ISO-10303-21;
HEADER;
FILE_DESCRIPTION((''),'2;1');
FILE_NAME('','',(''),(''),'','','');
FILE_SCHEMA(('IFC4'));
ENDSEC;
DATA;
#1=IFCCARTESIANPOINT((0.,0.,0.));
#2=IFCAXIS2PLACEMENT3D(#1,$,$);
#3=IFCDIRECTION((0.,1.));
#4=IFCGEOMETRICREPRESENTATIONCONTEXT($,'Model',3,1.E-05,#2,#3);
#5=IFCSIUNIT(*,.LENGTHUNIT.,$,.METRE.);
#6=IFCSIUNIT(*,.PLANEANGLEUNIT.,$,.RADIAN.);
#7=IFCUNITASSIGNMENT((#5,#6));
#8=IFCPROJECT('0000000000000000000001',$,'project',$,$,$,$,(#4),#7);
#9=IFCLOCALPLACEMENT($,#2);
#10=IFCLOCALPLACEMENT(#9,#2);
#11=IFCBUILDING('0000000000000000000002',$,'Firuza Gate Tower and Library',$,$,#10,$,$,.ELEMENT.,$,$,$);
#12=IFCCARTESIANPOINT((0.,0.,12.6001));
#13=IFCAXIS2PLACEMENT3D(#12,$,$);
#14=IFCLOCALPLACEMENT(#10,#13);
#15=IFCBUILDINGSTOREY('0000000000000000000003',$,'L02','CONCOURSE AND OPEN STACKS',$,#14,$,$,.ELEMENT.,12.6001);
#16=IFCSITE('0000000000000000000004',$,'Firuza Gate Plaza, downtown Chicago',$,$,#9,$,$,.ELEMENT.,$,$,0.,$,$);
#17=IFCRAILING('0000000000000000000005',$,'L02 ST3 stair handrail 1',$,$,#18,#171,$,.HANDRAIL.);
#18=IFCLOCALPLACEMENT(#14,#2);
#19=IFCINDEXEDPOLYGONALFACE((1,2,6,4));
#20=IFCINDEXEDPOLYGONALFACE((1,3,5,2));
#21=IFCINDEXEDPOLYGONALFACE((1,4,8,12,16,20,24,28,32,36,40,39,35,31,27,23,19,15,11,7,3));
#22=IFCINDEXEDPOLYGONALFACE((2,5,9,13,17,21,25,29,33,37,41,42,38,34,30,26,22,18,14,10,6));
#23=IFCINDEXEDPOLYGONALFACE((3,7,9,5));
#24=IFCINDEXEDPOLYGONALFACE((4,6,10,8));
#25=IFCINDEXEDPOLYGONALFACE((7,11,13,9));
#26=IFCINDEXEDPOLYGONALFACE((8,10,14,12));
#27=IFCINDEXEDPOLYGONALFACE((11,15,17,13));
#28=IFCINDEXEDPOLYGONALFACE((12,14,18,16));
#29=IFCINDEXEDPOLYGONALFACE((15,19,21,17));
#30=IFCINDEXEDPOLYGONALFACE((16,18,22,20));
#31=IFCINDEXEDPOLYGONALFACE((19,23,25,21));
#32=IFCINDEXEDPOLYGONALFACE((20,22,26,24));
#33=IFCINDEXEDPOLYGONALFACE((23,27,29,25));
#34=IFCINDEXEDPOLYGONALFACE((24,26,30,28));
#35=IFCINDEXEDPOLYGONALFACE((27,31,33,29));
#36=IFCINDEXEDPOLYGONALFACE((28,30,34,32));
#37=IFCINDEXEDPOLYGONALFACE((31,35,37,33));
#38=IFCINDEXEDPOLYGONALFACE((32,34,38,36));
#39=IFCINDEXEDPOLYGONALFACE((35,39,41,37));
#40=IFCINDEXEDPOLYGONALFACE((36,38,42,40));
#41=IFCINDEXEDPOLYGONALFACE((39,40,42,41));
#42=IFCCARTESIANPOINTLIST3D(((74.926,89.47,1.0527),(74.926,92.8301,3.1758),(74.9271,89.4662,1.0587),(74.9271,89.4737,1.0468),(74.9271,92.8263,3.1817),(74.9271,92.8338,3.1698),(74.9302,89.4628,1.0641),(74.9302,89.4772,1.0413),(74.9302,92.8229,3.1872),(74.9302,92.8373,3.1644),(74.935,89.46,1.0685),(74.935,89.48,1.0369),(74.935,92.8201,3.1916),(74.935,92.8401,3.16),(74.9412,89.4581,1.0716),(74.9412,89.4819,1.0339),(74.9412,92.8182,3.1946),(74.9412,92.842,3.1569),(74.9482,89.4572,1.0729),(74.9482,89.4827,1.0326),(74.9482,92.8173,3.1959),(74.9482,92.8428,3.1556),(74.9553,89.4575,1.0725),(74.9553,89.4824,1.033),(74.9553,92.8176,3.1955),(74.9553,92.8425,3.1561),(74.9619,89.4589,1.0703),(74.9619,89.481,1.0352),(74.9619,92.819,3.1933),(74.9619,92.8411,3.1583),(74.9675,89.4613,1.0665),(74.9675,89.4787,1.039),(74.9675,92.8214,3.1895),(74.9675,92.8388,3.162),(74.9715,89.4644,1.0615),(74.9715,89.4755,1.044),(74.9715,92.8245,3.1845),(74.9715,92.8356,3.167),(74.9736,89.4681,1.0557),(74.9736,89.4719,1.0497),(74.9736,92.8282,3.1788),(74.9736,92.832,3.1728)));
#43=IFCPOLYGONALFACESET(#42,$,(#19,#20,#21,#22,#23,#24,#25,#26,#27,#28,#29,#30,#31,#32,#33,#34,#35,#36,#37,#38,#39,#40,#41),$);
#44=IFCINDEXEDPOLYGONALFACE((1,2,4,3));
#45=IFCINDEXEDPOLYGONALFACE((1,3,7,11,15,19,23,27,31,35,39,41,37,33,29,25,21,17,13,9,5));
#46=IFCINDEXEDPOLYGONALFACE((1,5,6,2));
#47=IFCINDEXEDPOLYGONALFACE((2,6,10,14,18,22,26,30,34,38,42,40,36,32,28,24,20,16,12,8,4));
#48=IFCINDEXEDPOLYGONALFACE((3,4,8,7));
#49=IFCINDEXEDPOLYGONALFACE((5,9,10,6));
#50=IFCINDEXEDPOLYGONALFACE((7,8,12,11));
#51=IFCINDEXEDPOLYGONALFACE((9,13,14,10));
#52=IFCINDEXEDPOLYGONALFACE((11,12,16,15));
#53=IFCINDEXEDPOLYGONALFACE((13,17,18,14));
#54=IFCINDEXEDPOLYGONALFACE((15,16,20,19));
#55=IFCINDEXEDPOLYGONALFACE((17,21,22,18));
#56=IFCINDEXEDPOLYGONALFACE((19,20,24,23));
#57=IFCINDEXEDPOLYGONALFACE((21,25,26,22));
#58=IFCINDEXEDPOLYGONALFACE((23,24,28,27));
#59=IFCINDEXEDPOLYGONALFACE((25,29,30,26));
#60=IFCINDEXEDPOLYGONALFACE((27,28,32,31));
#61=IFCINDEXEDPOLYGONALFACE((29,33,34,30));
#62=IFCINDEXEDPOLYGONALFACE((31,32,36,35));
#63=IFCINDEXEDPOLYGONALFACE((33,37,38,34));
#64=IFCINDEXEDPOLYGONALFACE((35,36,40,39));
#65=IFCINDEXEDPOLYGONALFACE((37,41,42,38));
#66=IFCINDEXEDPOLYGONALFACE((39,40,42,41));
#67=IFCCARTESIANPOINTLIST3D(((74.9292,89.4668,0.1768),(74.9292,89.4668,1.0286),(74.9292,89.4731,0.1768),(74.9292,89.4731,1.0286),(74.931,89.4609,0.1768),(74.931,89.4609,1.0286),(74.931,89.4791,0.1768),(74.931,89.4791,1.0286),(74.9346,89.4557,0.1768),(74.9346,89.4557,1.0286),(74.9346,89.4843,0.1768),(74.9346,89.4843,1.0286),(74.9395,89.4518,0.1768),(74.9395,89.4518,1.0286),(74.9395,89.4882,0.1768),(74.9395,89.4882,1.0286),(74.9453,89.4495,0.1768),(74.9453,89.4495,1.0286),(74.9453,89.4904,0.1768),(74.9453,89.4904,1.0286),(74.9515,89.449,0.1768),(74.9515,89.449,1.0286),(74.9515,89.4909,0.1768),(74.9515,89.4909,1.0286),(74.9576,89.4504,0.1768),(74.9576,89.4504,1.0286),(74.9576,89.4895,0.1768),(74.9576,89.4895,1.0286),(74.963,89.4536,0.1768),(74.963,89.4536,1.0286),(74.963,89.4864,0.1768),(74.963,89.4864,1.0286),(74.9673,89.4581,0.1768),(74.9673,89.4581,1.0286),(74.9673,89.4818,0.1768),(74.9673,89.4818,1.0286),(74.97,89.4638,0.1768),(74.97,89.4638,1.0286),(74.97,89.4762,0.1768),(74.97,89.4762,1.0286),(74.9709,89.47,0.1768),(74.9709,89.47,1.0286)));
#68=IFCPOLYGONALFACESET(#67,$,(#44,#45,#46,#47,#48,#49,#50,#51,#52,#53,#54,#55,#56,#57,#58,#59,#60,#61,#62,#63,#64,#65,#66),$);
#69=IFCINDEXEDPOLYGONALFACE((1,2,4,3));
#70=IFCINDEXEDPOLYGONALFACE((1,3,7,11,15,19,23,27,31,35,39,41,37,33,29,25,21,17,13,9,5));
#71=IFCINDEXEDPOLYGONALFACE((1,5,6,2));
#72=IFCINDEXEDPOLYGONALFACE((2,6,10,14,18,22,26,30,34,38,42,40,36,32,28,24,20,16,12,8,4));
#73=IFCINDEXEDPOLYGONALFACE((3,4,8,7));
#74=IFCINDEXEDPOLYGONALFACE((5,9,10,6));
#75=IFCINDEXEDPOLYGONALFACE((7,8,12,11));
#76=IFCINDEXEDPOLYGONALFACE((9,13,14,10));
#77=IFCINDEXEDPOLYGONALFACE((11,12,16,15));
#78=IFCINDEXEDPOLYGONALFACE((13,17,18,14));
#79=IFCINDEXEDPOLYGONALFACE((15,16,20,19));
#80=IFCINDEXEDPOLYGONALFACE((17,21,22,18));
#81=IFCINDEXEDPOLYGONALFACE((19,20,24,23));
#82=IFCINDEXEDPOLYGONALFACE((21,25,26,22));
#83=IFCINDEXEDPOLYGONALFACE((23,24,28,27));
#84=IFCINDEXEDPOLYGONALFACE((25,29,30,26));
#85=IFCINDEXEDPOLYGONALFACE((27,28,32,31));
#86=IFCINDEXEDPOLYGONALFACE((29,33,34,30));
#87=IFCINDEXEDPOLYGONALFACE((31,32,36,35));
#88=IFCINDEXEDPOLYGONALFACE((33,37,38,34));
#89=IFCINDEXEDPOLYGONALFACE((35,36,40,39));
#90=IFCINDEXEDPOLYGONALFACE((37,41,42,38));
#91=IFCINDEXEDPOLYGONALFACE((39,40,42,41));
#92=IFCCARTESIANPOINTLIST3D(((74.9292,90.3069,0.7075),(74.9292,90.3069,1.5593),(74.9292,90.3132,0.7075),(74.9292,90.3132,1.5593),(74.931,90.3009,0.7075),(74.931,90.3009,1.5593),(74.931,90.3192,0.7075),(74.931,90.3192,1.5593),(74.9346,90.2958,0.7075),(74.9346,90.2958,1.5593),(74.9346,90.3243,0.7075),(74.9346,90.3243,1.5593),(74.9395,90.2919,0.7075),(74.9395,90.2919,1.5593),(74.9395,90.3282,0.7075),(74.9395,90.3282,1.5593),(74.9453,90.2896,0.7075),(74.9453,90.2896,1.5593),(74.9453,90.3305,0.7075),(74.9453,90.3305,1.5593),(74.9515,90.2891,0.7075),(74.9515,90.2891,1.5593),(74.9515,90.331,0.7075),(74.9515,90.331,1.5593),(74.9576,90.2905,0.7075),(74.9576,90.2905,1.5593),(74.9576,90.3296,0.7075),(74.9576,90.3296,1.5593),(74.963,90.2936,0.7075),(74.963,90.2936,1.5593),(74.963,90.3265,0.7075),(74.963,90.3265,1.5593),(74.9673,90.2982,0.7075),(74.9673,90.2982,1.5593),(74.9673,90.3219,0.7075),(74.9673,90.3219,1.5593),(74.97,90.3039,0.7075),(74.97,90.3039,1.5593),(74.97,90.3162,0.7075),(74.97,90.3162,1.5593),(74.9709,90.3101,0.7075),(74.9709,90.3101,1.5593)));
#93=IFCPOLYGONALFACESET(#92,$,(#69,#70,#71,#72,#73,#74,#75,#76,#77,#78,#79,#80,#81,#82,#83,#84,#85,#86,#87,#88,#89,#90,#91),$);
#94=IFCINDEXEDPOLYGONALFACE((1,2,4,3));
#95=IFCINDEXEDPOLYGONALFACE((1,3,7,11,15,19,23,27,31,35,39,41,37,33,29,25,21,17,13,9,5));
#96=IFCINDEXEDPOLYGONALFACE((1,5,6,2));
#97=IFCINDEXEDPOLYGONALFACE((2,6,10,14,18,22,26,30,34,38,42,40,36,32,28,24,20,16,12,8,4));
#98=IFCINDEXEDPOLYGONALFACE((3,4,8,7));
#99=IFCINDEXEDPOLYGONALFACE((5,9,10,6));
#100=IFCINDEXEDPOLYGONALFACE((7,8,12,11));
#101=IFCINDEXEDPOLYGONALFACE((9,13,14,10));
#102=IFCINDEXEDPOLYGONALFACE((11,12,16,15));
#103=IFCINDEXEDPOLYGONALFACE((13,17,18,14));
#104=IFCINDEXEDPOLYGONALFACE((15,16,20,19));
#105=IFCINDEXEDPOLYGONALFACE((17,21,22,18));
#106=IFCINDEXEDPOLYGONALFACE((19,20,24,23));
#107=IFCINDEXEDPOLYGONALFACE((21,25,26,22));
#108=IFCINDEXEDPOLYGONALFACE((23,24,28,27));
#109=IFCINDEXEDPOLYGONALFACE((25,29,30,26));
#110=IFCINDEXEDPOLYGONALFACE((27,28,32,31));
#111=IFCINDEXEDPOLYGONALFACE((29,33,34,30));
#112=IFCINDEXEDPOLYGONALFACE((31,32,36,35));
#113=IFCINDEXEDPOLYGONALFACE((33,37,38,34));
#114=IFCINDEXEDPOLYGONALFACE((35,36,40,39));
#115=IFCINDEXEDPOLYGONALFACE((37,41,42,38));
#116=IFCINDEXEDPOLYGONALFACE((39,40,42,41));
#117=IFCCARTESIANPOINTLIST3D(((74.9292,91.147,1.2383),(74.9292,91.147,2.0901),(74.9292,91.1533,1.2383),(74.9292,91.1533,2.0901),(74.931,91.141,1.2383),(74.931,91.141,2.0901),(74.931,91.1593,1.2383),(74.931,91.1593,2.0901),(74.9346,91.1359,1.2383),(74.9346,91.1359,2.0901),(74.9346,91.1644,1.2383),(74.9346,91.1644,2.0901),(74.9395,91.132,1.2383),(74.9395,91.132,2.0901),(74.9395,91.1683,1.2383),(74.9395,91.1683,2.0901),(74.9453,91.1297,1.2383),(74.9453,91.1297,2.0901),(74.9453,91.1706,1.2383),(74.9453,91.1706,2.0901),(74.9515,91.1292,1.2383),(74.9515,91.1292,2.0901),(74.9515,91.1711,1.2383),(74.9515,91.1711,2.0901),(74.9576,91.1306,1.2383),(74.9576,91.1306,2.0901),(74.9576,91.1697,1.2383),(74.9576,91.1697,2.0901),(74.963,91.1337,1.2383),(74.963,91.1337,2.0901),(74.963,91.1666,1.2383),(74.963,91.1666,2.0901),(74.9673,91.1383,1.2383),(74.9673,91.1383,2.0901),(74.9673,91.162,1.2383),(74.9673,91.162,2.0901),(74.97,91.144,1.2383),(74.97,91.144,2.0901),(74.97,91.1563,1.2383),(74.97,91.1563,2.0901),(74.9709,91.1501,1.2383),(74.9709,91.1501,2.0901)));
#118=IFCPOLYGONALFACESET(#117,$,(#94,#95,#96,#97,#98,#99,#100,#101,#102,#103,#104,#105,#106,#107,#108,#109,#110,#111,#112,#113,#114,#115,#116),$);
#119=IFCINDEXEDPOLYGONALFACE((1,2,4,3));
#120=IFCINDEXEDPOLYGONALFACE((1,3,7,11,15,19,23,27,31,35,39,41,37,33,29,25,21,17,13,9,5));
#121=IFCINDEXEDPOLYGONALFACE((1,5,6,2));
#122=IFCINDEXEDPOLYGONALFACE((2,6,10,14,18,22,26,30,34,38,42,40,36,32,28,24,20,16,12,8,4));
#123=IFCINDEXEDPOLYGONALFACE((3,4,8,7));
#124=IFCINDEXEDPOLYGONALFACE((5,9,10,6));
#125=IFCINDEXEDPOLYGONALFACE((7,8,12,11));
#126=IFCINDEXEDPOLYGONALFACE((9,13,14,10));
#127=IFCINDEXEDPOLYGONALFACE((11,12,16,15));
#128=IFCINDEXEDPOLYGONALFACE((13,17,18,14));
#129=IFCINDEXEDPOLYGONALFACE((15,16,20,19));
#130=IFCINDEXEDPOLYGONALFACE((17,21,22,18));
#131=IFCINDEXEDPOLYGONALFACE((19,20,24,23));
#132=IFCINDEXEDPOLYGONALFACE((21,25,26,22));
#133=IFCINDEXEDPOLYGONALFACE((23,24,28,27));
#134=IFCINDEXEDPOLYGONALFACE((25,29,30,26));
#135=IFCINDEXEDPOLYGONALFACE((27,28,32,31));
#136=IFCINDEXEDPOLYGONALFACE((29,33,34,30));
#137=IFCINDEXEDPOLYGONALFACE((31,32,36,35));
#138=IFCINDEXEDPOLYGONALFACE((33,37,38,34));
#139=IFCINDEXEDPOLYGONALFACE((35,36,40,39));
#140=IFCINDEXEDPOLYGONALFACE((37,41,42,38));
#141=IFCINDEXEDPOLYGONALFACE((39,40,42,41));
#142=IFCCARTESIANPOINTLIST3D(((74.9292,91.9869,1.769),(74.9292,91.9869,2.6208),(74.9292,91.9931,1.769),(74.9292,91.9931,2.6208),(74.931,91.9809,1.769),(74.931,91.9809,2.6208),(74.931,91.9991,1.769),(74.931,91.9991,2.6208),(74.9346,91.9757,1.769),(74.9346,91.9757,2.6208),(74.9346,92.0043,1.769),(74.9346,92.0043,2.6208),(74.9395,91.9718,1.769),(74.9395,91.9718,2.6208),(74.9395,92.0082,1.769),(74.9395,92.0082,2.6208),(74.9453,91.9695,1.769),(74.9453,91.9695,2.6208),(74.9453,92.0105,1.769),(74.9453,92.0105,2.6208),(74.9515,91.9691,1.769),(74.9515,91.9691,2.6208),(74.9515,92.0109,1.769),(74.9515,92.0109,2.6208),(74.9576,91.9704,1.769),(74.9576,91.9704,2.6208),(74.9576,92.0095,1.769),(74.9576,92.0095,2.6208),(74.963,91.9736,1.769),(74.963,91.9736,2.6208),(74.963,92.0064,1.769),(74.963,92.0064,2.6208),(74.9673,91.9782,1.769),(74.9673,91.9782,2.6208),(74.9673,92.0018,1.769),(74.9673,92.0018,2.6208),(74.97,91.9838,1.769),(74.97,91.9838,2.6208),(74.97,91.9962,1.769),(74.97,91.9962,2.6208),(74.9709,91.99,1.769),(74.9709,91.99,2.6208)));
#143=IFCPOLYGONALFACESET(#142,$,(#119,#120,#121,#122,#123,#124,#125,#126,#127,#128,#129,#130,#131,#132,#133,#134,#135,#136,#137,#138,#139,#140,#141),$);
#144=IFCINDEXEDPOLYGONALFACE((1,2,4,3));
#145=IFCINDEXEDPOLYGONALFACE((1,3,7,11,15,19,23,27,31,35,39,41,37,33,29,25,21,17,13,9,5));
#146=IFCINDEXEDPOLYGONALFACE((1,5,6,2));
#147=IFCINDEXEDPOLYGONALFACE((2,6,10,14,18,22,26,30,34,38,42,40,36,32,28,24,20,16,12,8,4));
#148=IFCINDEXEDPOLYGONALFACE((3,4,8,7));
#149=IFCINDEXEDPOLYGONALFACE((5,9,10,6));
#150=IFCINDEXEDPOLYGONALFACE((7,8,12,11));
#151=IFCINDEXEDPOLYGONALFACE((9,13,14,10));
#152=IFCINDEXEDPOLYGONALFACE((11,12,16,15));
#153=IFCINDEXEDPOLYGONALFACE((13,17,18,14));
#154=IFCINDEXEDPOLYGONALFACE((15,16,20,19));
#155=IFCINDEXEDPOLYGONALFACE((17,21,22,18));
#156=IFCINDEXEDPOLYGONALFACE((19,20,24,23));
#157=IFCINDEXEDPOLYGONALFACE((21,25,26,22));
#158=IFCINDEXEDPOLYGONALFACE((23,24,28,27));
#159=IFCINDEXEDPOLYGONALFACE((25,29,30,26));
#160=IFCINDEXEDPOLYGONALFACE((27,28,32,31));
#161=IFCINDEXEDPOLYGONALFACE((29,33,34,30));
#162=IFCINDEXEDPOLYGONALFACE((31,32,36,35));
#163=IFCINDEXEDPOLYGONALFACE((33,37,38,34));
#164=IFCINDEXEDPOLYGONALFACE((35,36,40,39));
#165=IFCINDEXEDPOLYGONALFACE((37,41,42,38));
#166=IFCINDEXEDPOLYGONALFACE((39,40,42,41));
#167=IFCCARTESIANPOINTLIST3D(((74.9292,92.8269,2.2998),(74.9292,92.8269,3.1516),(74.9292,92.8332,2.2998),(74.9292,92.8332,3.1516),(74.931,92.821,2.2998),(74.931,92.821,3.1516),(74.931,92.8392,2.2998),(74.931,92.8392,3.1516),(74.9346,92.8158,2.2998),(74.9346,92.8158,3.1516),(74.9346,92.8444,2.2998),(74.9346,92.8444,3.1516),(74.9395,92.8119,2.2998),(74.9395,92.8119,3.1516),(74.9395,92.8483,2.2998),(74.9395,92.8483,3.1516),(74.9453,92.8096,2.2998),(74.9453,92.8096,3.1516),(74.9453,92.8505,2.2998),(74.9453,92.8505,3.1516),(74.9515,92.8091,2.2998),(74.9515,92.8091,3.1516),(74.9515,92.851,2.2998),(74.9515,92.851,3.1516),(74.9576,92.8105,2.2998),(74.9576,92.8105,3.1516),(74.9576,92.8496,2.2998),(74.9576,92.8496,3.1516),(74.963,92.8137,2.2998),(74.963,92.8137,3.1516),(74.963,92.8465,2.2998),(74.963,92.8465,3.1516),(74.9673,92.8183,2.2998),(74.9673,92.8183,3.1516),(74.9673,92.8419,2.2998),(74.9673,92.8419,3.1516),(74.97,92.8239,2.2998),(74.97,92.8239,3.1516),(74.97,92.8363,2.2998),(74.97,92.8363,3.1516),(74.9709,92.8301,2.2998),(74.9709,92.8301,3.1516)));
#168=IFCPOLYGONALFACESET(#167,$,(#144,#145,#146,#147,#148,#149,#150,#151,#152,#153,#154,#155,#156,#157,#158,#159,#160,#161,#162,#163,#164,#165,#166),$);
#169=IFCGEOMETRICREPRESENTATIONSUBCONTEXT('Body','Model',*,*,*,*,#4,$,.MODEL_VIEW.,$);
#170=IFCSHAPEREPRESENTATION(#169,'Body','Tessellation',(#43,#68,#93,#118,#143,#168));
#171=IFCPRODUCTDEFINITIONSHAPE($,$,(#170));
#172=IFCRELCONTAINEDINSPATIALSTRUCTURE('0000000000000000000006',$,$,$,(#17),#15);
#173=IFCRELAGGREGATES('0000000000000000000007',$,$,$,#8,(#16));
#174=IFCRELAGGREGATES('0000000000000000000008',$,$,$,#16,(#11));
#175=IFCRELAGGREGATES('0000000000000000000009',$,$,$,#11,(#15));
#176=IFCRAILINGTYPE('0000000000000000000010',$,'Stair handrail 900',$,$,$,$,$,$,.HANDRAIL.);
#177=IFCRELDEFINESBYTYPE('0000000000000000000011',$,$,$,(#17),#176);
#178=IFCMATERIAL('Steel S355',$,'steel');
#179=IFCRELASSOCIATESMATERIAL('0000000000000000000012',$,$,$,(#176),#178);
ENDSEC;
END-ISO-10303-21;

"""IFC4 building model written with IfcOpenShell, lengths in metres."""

from ifc_helpers import new_model, si_unit, direction, frame, origin, origin_2d, place, context, subcontext, project, spatial, circle, extrude, material, type_object, element, save


model = new_model("IFC4")

# Units and contexts
model_context = context("Model", 3, precision=1e-05, world=origin(), true_north=direction((0.0, 1.0)))
body_context = subcontext(model_context, "Body", "Model", "MODEL_VIEW")
ifc_project = project(units=[si_unit("LENGTHUNIT", "METRE"), si_unit("PLANEANGLEUNIT", "RADIAN")], contexts=[model_context])

# Site, building, storey
site_placement = place(None, origin())
site = spatial("IfcSite", under=ifc_project, at=site_placement, Name="Firuza Gate Plaza, downtown Chicago", CompositionType="ELEMENT", RefElevation=0.0)
building_placement = place(site_placement, origin())
building = spatial("IfcBuilding", under=site, at=building_placement, Name="Firuza Gate Tower and Library", CompositionType="ELEMENT")
storey_placement = place(building_placement, frame((0.0, 0.0, 12.6001)))
storey = spatial("IfcBuildingStorey", under=building, at=storey_placement, Name="L02", Description="CONCOURSE AND OPEN STACKS", CompositionType="ELEMENT", Elevation=12.6001)

# Railing
ifc_material_1 = material(Name="Steel S355", Category="steel")
railing_type_1 = type_object("IfcRailingType", Name="Stair handrail 900", PredefinedType="HANDRAIL", material=ifc_material_1)
railing_1_placement = place(storey_placement, frame((74.95, 89.47, 0.1768)))
element("IfcRailing", 1, at=railing_1_placement, inside=storey, type_object=railing_type_1, Name="L02 ST3 stair handrail 1", PredefinedType="HANDRAIL", context=body_context, shape_type="SweptSolid", body=[
    extrude(circle(Radius=0.0239, at=origin_2d()), frame((0.0, 0.0, 0.876), z_axis=(0.0, 0.84539, 0.53415), x_axis=(-1.0, 0.0, 0.0)), (0.0, 0.0, 1.0), 3.9746),
    extrude(circle(Radius=0.021, at=origin_2d()), origin(), (0.0, 0.0, 1.0), 0.8518),
    extrude(circle(Radius=0.021, at=origin_2d()), frame((0.0, 0.8401, 0.5308)), (0.0, 0.0, 1.0), 0.8518),
    extrude(circle(Radius=0.021, at=origin_2d()), frame((0.0, 1.6802, 1.0615)), (0.0, 0.0, 1.0), 0.8518),
    extrude(circle(Radius=0.021, at=origin_2d()), frame((0.0, 2.52, 1.5923)), (0.0, 0.0, 1.0), 0.8518),
    extrude(circle(Radius=0.021, at=origin_2d()), frame((0.0, 3.3601, 2.123)), (0.0, 0.0, 1.0), 0.8518),
])

save(model, "model.ifc")
